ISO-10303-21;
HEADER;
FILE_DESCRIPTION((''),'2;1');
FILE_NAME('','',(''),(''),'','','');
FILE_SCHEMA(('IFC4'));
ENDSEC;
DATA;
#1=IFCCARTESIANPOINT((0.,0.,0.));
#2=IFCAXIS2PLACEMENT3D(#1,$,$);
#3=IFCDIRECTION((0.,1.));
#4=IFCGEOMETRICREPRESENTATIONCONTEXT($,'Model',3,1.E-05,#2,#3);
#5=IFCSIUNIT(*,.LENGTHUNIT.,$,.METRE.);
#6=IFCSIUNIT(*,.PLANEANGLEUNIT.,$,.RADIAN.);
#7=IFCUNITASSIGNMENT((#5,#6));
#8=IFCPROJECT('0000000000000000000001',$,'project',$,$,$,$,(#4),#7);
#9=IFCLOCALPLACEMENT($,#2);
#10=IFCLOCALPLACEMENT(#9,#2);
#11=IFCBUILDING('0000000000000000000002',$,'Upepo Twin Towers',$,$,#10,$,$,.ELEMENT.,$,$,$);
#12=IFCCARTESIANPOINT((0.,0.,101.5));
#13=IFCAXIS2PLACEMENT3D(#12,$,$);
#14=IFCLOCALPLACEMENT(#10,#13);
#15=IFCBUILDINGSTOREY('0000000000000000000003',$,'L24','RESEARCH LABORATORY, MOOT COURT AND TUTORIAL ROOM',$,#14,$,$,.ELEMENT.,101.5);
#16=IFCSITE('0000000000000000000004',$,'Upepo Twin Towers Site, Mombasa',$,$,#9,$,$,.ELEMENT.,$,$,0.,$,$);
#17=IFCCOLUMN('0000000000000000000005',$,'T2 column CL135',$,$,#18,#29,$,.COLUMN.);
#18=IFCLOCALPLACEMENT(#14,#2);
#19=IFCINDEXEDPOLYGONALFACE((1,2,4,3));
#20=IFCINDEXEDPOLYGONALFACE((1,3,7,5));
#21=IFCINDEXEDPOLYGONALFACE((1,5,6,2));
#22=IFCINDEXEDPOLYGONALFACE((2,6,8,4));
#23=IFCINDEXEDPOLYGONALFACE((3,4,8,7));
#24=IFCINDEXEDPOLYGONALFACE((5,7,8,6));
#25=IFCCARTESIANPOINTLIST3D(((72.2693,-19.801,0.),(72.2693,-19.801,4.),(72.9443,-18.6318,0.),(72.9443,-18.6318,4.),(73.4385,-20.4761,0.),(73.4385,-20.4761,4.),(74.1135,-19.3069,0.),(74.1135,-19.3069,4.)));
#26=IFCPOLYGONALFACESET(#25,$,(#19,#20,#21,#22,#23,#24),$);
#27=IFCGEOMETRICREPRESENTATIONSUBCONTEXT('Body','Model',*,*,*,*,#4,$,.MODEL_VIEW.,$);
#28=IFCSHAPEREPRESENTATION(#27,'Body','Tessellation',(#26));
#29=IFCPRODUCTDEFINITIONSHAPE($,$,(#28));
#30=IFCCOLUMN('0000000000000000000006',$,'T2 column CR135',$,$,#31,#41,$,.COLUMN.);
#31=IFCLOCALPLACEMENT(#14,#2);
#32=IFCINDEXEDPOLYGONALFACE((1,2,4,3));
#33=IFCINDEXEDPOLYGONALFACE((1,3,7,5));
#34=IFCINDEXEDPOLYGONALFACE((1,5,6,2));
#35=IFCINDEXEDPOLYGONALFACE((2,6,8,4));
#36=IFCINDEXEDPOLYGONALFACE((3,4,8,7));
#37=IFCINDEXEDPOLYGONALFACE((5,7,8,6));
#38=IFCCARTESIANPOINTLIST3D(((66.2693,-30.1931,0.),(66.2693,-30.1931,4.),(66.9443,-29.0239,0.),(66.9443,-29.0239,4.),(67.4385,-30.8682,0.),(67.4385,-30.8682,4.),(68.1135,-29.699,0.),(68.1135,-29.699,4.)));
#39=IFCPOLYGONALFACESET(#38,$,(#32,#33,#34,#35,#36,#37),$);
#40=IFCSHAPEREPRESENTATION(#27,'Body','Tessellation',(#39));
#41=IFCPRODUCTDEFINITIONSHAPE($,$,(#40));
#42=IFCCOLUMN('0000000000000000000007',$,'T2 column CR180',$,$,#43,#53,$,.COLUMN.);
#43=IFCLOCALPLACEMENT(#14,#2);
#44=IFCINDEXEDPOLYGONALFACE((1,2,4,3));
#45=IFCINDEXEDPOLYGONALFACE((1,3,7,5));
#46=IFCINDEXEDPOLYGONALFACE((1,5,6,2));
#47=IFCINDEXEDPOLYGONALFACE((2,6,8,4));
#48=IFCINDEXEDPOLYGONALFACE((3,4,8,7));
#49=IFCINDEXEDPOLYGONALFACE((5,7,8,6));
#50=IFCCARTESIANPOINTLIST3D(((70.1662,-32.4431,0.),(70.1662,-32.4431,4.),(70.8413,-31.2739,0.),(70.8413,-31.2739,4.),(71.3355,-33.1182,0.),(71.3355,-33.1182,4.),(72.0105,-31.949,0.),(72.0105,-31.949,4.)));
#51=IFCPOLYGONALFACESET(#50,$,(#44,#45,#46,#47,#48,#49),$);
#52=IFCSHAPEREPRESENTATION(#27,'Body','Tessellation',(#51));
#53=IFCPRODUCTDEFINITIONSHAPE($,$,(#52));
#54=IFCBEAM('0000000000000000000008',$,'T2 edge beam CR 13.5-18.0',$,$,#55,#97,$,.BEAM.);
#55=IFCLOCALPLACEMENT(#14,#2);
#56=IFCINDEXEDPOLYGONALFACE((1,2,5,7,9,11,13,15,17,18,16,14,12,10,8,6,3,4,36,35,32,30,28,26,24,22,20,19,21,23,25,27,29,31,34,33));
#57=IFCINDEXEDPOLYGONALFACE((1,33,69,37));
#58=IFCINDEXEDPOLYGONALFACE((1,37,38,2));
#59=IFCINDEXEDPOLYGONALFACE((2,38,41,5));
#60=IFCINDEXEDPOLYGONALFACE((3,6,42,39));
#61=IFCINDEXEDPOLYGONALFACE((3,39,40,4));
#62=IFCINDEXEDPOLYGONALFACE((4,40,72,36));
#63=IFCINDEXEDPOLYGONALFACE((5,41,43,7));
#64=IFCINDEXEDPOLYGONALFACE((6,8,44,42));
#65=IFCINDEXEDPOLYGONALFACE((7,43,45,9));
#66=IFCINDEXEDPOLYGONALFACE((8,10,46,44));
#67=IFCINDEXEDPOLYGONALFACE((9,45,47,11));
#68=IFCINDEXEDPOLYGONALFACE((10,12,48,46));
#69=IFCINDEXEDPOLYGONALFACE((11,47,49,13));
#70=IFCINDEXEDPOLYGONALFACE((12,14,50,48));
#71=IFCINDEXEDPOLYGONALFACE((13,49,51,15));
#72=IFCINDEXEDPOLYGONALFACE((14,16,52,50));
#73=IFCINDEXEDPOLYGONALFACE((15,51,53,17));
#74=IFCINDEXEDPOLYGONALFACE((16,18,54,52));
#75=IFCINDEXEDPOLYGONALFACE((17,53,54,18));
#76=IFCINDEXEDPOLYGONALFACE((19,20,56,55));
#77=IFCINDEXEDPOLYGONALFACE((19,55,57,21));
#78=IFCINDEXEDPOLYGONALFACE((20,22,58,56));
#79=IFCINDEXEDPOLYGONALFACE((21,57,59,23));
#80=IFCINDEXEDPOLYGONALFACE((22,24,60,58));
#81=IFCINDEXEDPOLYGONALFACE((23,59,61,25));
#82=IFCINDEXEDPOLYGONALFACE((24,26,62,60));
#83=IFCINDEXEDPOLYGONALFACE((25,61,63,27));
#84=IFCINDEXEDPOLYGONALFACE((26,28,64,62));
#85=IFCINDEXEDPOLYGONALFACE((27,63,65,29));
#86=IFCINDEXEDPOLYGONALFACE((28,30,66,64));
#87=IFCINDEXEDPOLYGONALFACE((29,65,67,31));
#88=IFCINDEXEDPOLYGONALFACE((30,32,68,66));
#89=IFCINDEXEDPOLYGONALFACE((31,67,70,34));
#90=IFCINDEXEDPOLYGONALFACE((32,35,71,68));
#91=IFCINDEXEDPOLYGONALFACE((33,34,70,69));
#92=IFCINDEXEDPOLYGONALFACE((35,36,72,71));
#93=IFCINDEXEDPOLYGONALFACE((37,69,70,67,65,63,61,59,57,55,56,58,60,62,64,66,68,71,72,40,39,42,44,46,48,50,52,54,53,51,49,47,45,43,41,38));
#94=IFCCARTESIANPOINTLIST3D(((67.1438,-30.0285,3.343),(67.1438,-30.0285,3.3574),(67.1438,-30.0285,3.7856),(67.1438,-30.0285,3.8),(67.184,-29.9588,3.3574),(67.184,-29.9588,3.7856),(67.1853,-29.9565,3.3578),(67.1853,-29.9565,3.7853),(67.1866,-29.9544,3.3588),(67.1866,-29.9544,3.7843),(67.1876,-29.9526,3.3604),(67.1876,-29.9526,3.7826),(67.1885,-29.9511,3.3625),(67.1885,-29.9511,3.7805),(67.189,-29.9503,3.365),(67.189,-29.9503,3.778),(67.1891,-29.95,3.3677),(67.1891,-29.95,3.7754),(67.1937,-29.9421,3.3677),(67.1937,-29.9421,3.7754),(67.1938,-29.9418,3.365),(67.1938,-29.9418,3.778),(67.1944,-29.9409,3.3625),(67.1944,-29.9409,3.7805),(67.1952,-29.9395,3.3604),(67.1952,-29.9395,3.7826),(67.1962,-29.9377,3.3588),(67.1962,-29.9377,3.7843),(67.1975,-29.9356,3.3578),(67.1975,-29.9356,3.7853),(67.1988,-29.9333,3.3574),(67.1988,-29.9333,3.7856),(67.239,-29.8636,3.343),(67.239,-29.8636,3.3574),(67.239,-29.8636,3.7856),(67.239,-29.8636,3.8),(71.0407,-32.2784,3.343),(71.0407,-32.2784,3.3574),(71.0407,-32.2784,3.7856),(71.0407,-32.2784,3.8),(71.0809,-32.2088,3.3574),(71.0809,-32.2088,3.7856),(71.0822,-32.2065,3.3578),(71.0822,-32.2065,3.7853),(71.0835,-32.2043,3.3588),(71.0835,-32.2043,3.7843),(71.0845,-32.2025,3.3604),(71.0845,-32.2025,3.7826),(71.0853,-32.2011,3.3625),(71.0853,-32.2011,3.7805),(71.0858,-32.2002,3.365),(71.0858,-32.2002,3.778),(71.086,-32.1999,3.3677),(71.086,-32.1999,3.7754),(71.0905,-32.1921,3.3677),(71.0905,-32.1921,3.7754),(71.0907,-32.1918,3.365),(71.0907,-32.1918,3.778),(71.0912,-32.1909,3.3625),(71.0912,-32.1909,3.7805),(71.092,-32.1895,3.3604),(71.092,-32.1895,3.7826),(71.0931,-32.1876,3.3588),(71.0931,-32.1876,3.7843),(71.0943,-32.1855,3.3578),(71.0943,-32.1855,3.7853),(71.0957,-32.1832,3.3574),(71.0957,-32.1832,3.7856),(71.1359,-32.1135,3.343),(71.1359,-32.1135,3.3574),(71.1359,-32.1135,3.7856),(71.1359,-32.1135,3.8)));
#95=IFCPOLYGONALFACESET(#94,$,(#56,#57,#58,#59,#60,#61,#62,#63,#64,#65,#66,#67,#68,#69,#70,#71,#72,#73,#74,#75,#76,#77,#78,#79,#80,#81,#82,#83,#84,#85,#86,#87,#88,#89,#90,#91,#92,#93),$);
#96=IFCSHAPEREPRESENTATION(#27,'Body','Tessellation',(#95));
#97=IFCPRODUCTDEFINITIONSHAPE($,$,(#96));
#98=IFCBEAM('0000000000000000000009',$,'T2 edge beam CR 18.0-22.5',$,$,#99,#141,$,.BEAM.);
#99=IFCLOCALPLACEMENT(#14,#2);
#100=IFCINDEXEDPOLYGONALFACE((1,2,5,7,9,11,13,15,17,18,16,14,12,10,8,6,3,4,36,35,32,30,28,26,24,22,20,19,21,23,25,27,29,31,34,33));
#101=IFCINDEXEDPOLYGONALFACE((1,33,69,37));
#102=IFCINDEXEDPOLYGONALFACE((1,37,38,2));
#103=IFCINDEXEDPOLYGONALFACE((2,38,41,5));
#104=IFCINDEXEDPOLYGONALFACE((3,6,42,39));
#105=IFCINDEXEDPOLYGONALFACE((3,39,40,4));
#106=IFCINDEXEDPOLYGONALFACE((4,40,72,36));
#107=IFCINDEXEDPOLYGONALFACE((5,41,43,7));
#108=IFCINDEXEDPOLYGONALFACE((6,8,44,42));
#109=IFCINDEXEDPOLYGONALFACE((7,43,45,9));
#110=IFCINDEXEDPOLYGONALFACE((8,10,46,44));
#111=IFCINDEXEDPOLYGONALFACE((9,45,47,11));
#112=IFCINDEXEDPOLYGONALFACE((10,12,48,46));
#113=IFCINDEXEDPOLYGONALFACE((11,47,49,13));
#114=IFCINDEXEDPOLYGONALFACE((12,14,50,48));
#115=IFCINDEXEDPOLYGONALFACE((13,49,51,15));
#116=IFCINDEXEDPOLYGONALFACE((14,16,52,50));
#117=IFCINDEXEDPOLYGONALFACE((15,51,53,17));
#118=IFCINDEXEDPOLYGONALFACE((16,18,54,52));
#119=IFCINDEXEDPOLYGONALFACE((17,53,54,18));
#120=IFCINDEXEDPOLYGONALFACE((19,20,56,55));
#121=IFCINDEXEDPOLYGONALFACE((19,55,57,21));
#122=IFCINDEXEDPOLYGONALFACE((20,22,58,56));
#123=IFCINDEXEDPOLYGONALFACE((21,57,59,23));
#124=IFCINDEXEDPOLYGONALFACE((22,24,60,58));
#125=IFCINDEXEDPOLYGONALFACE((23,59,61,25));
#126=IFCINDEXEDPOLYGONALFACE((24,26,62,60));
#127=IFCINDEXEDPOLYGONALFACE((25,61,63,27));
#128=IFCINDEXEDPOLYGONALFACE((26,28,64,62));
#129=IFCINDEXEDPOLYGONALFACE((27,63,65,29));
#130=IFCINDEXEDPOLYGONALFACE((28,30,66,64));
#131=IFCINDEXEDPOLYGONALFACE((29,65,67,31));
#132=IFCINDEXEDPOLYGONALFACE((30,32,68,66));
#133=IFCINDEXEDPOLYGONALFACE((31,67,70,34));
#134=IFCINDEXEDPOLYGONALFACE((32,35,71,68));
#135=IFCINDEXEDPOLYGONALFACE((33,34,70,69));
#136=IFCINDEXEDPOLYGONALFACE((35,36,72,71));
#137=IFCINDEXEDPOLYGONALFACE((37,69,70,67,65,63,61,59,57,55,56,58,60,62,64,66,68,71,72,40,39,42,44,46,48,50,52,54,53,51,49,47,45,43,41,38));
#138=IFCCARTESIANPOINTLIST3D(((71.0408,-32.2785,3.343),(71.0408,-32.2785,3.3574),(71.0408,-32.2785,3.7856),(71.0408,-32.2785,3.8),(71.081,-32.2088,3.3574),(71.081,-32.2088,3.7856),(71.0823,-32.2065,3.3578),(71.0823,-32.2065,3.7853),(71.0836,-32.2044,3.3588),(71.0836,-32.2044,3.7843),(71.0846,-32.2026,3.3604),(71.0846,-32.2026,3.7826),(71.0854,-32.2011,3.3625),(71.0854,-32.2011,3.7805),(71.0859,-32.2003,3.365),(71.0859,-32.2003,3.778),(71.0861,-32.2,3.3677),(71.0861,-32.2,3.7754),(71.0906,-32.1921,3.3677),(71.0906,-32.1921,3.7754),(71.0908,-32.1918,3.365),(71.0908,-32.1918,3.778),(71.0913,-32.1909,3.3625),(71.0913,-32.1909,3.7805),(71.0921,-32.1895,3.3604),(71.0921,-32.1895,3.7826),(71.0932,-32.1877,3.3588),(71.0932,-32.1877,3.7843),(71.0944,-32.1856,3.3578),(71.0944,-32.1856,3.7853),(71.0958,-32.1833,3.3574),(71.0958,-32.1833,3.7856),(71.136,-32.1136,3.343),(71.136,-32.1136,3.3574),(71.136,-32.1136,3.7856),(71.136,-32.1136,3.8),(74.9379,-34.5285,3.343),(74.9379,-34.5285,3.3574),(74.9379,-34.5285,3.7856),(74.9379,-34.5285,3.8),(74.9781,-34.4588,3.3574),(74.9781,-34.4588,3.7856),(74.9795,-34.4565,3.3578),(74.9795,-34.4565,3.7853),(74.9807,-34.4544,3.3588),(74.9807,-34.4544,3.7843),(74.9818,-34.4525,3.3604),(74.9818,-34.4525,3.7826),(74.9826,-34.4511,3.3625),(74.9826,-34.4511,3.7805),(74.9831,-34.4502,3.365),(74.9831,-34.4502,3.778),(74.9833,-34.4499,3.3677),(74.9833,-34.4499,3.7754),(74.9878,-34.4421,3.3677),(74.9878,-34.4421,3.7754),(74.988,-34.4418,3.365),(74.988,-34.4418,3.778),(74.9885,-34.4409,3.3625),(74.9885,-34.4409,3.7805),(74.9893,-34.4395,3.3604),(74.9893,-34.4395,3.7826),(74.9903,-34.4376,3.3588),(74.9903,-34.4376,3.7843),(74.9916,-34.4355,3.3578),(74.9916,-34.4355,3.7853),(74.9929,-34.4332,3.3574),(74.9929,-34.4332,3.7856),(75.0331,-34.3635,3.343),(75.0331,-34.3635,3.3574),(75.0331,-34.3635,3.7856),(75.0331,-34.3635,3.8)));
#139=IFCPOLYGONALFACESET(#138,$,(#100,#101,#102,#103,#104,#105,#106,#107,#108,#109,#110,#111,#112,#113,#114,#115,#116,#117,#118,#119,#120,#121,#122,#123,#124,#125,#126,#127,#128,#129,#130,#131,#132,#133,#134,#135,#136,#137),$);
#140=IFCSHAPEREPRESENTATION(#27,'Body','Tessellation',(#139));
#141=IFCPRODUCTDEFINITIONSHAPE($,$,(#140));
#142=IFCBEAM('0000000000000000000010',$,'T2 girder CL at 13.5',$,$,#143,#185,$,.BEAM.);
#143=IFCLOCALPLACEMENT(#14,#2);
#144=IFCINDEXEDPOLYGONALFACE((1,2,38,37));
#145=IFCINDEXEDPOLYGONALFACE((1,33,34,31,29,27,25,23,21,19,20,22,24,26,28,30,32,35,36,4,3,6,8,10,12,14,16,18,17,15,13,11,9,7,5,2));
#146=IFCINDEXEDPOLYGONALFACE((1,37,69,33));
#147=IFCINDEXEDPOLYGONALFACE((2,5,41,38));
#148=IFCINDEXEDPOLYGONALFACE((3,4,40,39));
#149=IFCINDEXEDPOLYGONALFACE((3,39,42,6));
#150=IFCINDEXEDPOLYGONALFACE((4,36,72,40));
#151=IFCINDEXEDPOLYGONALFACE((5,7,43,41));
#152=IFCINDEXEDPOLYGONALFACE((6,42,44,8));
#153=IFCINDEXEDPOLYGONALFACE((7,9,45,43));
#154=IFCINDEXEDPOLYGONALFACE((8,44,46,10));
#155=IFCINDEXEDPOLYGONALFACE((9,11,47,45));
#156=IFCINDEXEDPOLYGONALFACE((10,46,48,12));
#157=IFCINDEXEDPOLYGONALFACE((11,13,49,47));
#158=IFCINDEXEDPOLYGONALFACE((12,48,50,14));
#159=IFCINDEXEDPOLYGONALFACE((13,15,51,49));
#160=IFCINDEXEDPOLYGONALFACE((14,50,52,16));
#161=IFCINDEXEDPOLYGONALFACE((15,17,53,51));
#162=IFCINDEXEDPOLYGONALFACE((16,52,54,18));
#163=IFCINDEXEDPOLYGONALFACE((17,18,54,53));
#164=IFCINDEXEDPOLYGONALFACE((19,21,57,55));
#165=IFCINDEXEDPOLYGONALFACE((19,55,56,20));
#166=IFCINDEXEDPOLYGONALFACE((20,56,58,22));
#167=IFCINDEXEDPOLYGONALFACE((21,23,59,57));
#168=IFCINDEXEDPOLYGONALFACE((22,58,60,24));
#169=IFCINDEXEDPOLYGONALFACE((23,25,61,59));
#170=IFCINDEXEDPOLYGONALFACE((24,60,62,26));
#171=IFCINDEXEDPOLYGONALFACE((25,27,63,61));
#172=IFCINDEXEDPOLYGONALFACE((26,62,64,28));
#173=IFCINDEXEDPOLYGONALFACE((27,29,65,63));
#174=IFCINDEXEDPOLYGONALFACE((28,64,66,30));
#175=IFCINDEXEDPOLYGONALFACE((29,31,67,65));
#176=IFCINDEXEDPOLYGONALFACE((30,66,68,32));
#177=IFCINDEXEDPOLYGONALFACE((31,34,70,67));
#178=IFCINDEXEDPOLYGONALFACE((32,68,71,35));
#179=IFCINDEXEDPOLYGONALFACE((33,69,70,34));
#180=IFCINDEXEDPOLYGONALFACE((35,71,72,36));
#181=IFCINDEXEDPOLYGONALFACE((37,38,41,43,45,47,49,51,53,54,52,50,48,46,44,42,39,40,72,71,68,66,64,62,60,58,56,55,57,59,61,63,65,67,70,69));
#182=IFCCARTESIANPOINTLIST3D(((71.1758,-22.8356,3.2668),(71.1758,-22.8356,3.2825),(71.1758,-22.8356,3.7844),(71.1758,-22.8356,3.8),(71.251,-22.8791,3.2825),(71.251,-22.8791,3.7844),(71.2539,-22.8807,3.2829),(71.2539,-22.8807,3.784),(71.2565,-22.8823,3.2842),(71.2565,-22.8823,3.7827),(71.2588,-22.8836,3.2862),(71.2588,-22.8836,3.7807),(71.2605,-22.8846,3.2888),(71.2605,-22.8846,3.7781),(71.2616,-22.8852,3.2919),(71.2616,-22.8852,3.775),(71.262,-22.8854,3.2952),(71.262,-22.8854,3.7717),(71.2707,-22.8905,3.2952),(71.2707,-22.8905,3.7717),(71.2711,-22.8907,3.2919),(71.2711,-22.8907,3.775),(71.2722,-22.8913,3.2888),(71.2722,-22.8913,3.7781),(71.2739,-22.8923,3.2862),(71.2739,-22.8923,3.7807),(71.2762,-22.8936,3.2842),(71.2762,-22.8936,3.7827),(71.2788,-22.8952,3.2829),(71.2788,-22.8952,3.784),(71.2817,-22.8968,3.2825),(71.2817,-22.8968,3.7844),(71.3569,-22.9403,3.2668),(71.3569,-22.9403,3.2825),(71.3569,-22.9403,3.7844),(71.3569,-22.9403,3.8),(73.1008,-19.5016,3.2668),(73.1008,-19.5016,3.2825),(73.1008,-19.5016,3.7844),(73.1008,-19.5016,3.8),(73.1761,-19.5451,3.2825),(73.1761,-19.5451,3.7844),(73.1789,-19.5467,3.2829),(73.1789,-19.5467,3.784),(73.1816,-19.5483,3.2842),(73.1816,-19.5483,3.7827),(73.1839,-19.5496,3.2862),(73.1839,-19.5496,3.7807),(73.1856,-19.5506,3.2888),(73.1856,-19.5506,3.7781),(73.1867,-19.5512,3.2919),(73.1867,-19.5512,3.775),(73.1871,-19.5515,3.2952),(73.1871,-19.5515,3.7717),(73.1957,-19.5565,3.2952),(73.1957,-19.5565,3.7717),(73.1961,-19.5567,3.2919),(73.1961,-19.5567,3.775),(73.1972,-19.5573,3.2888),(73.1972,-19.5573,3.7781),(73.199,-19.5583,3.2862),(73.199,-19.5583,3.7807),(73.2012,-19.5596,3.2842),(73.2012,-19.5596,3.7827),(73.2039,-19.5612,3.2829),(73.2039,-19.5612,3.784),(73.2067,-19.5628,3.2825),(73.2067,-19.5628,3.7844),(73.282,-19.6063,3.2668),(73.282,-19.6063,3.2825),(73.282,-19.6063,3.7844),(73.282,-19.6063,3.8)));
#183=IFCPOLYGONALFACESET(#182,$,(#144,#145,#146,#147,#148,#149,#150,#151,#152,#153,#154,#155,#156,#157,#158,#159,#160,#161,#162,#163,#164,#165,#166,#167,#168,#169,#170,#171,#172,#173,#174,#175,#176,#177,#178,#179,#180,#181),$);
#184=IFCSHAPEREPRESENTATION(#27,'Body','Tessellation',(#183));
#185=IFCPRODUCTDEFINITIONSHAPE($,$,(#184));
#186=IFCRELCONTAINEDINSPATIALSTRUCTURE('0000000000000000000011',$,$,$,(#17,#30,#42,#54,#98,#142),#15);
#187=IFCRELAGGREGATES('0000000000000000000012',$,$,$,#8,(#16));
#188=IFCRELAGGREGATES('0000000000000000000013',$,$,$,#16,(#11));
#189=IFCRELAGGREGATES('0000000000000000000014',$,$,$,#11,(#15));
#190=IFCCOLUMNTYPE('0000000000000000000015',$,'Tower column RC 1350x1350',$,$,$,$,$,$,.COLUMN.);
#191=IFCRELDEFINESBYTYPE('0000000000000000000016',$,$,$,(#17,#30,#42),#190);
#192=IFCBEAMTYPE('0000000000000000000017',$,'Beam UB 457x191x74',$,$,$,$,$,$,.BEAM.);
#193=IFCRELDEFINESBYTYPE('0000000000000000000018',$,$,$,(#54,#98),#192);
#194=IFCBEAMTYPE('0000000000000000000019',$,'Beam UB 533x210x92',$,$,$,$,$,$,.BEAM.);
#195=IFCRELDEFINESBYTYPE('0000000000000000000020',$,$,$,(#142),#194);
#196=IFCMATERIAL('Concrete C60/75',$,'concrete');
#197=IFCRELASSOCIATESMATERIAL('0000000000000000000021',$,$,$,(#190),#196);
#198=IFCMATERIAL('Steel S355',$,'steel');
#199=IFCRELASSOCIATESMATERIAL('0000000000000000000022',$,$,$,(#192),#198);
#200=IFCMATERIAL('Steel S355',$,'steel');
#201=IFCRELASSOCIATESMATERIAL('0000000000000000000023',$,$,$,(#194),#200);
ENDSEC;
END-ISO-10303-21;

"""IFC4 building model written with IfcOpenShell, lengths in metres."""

from ifc_helpers import new_model, si_unit, direction, frame, origin, origin_2d, place, context, subcontext, project, spatial, rectangle, i_section, extrude, material, material_profile, profile_set, type_object, element, save


model = new_model("IFC4")

# Units and contexts
model_context = context("Model", 3, precision=1e-05, world=origin(), true_north=direction((0.0, 1.0)))
body_context = subcontext(model_context, "Body", "Model", "MODEL_VIEW")
ifc_project = project(units=[si_unit("LENGTHUNIT", "METRE"), si_unit("PLANEANGLEUNIT", "RADIAN")], contexts=[model_context])

# Site, building, storey
site_placement = place(None, origin())
site = spatial("IfcSite", under=ifc_project, at=site_placement, Name="Upepo Twin Towers Site, Mombasa", CompositionType="ELEMENT", RefElevation=0.0)
building_placement = place(site_placement, origin())
building = spatial("IfcBuilding", under=site, at=building_placement, Name="Upepo Twin Towers", CompositionType="ELEMENT")
storey_placement = place(building_placement, frame((0.0, 0.0, 101.5)))
storey = spatial("IfcBuildingStorey", under=building, at=storey_placement, Name="L24", Description="RESEARCH LABORATORY, MOOT COURT AND TUTORIAL ROOM", CompositionType="ELEMENT", Elevation=101.5)

# Columns
ifc_material_1 = material(Name="Concrete C60/75", Category="concrete")
ifc_material_profile_1 = material_profile(ifc_material_1, rectangle(XDim=1.3501, YDim=1.3501, at=origin_2d()), Name="RC 1350x1350")
ifc_profile_set_1 = profile_set([ifc_material_profile_1], Name="Concrete C60/75")
column_type = type_object("IfcColumnType", Name="Tower column RC 1350x1350", PredefinedType="COLUMN", material=ifc_profile_set_1)
for number, where, z_axis, x_axis, name in (
    (1, (73.1914, -19.554, 0.0), (0.0, 0.0, 1.0), (0.5, 0.866025, 0.0), "T2 column CL135"),
    (2, (67.1914, -29.946, 0.0), (0.0, 0.0, 1.0), (0.5, 0.866025, 0.0), "T2 column CR135"),
    (3, (71.0884, -32.196, 0.0), (0.0, 0.0, 1.0), (0.5, 0.866025, 0.0), "T2 column CR180"),
):
    element("IfcColumn", number, at=place(storey_placement, frame(where, z_axis=z_axis, x_axis=x_axis)), inside=storey, type_object=column_type, Name=name, PredefinedType="COLUMN", context=body_context, shape_type="SweptSolid", body=[
        extrude(rectangle(XDim=1.3501, YDim=1.3501, at=origin_2d()), origin(), (0.0, 0.0, 1.0), 4.0),
    ])

# Beams
ifc_material_2 = material(Name="Steel S355", Category="steel")
ifc_material_profile_2 = material_profile(ifc_material_2, i_section(OverallWidth=0.1904, OverallDepth=0.457, WebThickness=0.009, FlangeThickness=0.0144, FilletRadius=0.0103, at=origin_2d()), Name="UB 457x191x74")
ifc_profile_set_2 = profile_set([ifc_material_profile_2], Name="Steel S355")
beam_type_1 = type_object("IfcBeamType", Name="Beam UB 457x191x74", PredefinedType="BEAM", material=ifc_profile_set_2)
beam_1_placement = place(storey_placement, frame((67.1914, -29.946, 3.5715), z_axis=(0.866018, -0.500014, 0.0), x_axis=(0.500014, 0.866018, 0.0)))
element("IfcBeam", 4, at=beam_1_placement, inside=storey, type_object=beam_type_1, Name="T2 edge beam CR 13.5-18.0", PredefinedType="BEAM", context=body_context, shape_type="SweptSolid", body=[
    extrude(i_section(OverallWidth=0.1904, OverallDepth=0.457, WebThickness=0.009, FlangeThickness=0.0144, FilletRadius=0.0103, at=origin_2d()), origin(), (0.0, 0.0, 1.0), 4.4998),
])
beam_2_placement = place(storey_placement, frame((71.0884, -32.196, 3.5715), z_axis=(0.866031, -0.49999, 0.0), x_axis=(0.49999, 0.866031, 0.0)))
element("IfcBeam", 5, at=beam_2_placement, inside=storey, type_object=beam_type_1, Name="T2 edge beam CR 18.0-22.5", PredefinedType="BEAM", context=body_context, shape_type="SweptSolid", body=[
    extrude(i_section(OverallWidth=0.1904, OverallDepth=0.457, WebThickness=0.009, FlangeThickness=0.0144, FilletRadius=0.0103, at=origin_2d()), origin(), (0.0, 0.0, 1.0), 4.5),
])
ifc_material_3 = material(Name="Steel S355", Category="steel")
ifc_material_profile_3 = material_profile(ifc_material_3, i_section(OverallWidth=0.2092, OverallDepth=0.5332, WebThickness=0.01, FlangeThickness=0.0156, FilletRadius=0.0127, at=origin_2d()), Name="UB 533x210x92")
ifc_profile_set_3 = profile_set([ifc_material_profile_3], Name="Steel S355")
beam_type_2 = type_object("IfcBeamType", Name="Beam UB 533x210x92", PredefinedType="BEAM", material=ifc_profile_set_3)
for number, where, z_axis, x_axis, name in (
    (6, (73.1914, -19.554, 3.5334), (-0.500034, -0.866006, 0.0), (0.866006, -0.500034, 0.0), "T2 girder CL at 13.5"),
):
    element("IfcBeam", number, at=place(storey_placement, frame(where, z_axis=z_axis, x_axis=x_axis)), inside=storey, type_object=beam_type_2, Name=name, PredefinedType="BEAM", context=body_context, shape_type="SweptSolid", body=[
        extrude(i_section(OverallWidth=0.2092, OverallDepth=0.5332, WebThickness=0.01, FlangeThickness=0.0156, FilletRadius=0.0127, at=origin_2d()), origin(), (0.0, 0.0, 1.0), 3.8499),
    ])

save(model, "model.ifc")
